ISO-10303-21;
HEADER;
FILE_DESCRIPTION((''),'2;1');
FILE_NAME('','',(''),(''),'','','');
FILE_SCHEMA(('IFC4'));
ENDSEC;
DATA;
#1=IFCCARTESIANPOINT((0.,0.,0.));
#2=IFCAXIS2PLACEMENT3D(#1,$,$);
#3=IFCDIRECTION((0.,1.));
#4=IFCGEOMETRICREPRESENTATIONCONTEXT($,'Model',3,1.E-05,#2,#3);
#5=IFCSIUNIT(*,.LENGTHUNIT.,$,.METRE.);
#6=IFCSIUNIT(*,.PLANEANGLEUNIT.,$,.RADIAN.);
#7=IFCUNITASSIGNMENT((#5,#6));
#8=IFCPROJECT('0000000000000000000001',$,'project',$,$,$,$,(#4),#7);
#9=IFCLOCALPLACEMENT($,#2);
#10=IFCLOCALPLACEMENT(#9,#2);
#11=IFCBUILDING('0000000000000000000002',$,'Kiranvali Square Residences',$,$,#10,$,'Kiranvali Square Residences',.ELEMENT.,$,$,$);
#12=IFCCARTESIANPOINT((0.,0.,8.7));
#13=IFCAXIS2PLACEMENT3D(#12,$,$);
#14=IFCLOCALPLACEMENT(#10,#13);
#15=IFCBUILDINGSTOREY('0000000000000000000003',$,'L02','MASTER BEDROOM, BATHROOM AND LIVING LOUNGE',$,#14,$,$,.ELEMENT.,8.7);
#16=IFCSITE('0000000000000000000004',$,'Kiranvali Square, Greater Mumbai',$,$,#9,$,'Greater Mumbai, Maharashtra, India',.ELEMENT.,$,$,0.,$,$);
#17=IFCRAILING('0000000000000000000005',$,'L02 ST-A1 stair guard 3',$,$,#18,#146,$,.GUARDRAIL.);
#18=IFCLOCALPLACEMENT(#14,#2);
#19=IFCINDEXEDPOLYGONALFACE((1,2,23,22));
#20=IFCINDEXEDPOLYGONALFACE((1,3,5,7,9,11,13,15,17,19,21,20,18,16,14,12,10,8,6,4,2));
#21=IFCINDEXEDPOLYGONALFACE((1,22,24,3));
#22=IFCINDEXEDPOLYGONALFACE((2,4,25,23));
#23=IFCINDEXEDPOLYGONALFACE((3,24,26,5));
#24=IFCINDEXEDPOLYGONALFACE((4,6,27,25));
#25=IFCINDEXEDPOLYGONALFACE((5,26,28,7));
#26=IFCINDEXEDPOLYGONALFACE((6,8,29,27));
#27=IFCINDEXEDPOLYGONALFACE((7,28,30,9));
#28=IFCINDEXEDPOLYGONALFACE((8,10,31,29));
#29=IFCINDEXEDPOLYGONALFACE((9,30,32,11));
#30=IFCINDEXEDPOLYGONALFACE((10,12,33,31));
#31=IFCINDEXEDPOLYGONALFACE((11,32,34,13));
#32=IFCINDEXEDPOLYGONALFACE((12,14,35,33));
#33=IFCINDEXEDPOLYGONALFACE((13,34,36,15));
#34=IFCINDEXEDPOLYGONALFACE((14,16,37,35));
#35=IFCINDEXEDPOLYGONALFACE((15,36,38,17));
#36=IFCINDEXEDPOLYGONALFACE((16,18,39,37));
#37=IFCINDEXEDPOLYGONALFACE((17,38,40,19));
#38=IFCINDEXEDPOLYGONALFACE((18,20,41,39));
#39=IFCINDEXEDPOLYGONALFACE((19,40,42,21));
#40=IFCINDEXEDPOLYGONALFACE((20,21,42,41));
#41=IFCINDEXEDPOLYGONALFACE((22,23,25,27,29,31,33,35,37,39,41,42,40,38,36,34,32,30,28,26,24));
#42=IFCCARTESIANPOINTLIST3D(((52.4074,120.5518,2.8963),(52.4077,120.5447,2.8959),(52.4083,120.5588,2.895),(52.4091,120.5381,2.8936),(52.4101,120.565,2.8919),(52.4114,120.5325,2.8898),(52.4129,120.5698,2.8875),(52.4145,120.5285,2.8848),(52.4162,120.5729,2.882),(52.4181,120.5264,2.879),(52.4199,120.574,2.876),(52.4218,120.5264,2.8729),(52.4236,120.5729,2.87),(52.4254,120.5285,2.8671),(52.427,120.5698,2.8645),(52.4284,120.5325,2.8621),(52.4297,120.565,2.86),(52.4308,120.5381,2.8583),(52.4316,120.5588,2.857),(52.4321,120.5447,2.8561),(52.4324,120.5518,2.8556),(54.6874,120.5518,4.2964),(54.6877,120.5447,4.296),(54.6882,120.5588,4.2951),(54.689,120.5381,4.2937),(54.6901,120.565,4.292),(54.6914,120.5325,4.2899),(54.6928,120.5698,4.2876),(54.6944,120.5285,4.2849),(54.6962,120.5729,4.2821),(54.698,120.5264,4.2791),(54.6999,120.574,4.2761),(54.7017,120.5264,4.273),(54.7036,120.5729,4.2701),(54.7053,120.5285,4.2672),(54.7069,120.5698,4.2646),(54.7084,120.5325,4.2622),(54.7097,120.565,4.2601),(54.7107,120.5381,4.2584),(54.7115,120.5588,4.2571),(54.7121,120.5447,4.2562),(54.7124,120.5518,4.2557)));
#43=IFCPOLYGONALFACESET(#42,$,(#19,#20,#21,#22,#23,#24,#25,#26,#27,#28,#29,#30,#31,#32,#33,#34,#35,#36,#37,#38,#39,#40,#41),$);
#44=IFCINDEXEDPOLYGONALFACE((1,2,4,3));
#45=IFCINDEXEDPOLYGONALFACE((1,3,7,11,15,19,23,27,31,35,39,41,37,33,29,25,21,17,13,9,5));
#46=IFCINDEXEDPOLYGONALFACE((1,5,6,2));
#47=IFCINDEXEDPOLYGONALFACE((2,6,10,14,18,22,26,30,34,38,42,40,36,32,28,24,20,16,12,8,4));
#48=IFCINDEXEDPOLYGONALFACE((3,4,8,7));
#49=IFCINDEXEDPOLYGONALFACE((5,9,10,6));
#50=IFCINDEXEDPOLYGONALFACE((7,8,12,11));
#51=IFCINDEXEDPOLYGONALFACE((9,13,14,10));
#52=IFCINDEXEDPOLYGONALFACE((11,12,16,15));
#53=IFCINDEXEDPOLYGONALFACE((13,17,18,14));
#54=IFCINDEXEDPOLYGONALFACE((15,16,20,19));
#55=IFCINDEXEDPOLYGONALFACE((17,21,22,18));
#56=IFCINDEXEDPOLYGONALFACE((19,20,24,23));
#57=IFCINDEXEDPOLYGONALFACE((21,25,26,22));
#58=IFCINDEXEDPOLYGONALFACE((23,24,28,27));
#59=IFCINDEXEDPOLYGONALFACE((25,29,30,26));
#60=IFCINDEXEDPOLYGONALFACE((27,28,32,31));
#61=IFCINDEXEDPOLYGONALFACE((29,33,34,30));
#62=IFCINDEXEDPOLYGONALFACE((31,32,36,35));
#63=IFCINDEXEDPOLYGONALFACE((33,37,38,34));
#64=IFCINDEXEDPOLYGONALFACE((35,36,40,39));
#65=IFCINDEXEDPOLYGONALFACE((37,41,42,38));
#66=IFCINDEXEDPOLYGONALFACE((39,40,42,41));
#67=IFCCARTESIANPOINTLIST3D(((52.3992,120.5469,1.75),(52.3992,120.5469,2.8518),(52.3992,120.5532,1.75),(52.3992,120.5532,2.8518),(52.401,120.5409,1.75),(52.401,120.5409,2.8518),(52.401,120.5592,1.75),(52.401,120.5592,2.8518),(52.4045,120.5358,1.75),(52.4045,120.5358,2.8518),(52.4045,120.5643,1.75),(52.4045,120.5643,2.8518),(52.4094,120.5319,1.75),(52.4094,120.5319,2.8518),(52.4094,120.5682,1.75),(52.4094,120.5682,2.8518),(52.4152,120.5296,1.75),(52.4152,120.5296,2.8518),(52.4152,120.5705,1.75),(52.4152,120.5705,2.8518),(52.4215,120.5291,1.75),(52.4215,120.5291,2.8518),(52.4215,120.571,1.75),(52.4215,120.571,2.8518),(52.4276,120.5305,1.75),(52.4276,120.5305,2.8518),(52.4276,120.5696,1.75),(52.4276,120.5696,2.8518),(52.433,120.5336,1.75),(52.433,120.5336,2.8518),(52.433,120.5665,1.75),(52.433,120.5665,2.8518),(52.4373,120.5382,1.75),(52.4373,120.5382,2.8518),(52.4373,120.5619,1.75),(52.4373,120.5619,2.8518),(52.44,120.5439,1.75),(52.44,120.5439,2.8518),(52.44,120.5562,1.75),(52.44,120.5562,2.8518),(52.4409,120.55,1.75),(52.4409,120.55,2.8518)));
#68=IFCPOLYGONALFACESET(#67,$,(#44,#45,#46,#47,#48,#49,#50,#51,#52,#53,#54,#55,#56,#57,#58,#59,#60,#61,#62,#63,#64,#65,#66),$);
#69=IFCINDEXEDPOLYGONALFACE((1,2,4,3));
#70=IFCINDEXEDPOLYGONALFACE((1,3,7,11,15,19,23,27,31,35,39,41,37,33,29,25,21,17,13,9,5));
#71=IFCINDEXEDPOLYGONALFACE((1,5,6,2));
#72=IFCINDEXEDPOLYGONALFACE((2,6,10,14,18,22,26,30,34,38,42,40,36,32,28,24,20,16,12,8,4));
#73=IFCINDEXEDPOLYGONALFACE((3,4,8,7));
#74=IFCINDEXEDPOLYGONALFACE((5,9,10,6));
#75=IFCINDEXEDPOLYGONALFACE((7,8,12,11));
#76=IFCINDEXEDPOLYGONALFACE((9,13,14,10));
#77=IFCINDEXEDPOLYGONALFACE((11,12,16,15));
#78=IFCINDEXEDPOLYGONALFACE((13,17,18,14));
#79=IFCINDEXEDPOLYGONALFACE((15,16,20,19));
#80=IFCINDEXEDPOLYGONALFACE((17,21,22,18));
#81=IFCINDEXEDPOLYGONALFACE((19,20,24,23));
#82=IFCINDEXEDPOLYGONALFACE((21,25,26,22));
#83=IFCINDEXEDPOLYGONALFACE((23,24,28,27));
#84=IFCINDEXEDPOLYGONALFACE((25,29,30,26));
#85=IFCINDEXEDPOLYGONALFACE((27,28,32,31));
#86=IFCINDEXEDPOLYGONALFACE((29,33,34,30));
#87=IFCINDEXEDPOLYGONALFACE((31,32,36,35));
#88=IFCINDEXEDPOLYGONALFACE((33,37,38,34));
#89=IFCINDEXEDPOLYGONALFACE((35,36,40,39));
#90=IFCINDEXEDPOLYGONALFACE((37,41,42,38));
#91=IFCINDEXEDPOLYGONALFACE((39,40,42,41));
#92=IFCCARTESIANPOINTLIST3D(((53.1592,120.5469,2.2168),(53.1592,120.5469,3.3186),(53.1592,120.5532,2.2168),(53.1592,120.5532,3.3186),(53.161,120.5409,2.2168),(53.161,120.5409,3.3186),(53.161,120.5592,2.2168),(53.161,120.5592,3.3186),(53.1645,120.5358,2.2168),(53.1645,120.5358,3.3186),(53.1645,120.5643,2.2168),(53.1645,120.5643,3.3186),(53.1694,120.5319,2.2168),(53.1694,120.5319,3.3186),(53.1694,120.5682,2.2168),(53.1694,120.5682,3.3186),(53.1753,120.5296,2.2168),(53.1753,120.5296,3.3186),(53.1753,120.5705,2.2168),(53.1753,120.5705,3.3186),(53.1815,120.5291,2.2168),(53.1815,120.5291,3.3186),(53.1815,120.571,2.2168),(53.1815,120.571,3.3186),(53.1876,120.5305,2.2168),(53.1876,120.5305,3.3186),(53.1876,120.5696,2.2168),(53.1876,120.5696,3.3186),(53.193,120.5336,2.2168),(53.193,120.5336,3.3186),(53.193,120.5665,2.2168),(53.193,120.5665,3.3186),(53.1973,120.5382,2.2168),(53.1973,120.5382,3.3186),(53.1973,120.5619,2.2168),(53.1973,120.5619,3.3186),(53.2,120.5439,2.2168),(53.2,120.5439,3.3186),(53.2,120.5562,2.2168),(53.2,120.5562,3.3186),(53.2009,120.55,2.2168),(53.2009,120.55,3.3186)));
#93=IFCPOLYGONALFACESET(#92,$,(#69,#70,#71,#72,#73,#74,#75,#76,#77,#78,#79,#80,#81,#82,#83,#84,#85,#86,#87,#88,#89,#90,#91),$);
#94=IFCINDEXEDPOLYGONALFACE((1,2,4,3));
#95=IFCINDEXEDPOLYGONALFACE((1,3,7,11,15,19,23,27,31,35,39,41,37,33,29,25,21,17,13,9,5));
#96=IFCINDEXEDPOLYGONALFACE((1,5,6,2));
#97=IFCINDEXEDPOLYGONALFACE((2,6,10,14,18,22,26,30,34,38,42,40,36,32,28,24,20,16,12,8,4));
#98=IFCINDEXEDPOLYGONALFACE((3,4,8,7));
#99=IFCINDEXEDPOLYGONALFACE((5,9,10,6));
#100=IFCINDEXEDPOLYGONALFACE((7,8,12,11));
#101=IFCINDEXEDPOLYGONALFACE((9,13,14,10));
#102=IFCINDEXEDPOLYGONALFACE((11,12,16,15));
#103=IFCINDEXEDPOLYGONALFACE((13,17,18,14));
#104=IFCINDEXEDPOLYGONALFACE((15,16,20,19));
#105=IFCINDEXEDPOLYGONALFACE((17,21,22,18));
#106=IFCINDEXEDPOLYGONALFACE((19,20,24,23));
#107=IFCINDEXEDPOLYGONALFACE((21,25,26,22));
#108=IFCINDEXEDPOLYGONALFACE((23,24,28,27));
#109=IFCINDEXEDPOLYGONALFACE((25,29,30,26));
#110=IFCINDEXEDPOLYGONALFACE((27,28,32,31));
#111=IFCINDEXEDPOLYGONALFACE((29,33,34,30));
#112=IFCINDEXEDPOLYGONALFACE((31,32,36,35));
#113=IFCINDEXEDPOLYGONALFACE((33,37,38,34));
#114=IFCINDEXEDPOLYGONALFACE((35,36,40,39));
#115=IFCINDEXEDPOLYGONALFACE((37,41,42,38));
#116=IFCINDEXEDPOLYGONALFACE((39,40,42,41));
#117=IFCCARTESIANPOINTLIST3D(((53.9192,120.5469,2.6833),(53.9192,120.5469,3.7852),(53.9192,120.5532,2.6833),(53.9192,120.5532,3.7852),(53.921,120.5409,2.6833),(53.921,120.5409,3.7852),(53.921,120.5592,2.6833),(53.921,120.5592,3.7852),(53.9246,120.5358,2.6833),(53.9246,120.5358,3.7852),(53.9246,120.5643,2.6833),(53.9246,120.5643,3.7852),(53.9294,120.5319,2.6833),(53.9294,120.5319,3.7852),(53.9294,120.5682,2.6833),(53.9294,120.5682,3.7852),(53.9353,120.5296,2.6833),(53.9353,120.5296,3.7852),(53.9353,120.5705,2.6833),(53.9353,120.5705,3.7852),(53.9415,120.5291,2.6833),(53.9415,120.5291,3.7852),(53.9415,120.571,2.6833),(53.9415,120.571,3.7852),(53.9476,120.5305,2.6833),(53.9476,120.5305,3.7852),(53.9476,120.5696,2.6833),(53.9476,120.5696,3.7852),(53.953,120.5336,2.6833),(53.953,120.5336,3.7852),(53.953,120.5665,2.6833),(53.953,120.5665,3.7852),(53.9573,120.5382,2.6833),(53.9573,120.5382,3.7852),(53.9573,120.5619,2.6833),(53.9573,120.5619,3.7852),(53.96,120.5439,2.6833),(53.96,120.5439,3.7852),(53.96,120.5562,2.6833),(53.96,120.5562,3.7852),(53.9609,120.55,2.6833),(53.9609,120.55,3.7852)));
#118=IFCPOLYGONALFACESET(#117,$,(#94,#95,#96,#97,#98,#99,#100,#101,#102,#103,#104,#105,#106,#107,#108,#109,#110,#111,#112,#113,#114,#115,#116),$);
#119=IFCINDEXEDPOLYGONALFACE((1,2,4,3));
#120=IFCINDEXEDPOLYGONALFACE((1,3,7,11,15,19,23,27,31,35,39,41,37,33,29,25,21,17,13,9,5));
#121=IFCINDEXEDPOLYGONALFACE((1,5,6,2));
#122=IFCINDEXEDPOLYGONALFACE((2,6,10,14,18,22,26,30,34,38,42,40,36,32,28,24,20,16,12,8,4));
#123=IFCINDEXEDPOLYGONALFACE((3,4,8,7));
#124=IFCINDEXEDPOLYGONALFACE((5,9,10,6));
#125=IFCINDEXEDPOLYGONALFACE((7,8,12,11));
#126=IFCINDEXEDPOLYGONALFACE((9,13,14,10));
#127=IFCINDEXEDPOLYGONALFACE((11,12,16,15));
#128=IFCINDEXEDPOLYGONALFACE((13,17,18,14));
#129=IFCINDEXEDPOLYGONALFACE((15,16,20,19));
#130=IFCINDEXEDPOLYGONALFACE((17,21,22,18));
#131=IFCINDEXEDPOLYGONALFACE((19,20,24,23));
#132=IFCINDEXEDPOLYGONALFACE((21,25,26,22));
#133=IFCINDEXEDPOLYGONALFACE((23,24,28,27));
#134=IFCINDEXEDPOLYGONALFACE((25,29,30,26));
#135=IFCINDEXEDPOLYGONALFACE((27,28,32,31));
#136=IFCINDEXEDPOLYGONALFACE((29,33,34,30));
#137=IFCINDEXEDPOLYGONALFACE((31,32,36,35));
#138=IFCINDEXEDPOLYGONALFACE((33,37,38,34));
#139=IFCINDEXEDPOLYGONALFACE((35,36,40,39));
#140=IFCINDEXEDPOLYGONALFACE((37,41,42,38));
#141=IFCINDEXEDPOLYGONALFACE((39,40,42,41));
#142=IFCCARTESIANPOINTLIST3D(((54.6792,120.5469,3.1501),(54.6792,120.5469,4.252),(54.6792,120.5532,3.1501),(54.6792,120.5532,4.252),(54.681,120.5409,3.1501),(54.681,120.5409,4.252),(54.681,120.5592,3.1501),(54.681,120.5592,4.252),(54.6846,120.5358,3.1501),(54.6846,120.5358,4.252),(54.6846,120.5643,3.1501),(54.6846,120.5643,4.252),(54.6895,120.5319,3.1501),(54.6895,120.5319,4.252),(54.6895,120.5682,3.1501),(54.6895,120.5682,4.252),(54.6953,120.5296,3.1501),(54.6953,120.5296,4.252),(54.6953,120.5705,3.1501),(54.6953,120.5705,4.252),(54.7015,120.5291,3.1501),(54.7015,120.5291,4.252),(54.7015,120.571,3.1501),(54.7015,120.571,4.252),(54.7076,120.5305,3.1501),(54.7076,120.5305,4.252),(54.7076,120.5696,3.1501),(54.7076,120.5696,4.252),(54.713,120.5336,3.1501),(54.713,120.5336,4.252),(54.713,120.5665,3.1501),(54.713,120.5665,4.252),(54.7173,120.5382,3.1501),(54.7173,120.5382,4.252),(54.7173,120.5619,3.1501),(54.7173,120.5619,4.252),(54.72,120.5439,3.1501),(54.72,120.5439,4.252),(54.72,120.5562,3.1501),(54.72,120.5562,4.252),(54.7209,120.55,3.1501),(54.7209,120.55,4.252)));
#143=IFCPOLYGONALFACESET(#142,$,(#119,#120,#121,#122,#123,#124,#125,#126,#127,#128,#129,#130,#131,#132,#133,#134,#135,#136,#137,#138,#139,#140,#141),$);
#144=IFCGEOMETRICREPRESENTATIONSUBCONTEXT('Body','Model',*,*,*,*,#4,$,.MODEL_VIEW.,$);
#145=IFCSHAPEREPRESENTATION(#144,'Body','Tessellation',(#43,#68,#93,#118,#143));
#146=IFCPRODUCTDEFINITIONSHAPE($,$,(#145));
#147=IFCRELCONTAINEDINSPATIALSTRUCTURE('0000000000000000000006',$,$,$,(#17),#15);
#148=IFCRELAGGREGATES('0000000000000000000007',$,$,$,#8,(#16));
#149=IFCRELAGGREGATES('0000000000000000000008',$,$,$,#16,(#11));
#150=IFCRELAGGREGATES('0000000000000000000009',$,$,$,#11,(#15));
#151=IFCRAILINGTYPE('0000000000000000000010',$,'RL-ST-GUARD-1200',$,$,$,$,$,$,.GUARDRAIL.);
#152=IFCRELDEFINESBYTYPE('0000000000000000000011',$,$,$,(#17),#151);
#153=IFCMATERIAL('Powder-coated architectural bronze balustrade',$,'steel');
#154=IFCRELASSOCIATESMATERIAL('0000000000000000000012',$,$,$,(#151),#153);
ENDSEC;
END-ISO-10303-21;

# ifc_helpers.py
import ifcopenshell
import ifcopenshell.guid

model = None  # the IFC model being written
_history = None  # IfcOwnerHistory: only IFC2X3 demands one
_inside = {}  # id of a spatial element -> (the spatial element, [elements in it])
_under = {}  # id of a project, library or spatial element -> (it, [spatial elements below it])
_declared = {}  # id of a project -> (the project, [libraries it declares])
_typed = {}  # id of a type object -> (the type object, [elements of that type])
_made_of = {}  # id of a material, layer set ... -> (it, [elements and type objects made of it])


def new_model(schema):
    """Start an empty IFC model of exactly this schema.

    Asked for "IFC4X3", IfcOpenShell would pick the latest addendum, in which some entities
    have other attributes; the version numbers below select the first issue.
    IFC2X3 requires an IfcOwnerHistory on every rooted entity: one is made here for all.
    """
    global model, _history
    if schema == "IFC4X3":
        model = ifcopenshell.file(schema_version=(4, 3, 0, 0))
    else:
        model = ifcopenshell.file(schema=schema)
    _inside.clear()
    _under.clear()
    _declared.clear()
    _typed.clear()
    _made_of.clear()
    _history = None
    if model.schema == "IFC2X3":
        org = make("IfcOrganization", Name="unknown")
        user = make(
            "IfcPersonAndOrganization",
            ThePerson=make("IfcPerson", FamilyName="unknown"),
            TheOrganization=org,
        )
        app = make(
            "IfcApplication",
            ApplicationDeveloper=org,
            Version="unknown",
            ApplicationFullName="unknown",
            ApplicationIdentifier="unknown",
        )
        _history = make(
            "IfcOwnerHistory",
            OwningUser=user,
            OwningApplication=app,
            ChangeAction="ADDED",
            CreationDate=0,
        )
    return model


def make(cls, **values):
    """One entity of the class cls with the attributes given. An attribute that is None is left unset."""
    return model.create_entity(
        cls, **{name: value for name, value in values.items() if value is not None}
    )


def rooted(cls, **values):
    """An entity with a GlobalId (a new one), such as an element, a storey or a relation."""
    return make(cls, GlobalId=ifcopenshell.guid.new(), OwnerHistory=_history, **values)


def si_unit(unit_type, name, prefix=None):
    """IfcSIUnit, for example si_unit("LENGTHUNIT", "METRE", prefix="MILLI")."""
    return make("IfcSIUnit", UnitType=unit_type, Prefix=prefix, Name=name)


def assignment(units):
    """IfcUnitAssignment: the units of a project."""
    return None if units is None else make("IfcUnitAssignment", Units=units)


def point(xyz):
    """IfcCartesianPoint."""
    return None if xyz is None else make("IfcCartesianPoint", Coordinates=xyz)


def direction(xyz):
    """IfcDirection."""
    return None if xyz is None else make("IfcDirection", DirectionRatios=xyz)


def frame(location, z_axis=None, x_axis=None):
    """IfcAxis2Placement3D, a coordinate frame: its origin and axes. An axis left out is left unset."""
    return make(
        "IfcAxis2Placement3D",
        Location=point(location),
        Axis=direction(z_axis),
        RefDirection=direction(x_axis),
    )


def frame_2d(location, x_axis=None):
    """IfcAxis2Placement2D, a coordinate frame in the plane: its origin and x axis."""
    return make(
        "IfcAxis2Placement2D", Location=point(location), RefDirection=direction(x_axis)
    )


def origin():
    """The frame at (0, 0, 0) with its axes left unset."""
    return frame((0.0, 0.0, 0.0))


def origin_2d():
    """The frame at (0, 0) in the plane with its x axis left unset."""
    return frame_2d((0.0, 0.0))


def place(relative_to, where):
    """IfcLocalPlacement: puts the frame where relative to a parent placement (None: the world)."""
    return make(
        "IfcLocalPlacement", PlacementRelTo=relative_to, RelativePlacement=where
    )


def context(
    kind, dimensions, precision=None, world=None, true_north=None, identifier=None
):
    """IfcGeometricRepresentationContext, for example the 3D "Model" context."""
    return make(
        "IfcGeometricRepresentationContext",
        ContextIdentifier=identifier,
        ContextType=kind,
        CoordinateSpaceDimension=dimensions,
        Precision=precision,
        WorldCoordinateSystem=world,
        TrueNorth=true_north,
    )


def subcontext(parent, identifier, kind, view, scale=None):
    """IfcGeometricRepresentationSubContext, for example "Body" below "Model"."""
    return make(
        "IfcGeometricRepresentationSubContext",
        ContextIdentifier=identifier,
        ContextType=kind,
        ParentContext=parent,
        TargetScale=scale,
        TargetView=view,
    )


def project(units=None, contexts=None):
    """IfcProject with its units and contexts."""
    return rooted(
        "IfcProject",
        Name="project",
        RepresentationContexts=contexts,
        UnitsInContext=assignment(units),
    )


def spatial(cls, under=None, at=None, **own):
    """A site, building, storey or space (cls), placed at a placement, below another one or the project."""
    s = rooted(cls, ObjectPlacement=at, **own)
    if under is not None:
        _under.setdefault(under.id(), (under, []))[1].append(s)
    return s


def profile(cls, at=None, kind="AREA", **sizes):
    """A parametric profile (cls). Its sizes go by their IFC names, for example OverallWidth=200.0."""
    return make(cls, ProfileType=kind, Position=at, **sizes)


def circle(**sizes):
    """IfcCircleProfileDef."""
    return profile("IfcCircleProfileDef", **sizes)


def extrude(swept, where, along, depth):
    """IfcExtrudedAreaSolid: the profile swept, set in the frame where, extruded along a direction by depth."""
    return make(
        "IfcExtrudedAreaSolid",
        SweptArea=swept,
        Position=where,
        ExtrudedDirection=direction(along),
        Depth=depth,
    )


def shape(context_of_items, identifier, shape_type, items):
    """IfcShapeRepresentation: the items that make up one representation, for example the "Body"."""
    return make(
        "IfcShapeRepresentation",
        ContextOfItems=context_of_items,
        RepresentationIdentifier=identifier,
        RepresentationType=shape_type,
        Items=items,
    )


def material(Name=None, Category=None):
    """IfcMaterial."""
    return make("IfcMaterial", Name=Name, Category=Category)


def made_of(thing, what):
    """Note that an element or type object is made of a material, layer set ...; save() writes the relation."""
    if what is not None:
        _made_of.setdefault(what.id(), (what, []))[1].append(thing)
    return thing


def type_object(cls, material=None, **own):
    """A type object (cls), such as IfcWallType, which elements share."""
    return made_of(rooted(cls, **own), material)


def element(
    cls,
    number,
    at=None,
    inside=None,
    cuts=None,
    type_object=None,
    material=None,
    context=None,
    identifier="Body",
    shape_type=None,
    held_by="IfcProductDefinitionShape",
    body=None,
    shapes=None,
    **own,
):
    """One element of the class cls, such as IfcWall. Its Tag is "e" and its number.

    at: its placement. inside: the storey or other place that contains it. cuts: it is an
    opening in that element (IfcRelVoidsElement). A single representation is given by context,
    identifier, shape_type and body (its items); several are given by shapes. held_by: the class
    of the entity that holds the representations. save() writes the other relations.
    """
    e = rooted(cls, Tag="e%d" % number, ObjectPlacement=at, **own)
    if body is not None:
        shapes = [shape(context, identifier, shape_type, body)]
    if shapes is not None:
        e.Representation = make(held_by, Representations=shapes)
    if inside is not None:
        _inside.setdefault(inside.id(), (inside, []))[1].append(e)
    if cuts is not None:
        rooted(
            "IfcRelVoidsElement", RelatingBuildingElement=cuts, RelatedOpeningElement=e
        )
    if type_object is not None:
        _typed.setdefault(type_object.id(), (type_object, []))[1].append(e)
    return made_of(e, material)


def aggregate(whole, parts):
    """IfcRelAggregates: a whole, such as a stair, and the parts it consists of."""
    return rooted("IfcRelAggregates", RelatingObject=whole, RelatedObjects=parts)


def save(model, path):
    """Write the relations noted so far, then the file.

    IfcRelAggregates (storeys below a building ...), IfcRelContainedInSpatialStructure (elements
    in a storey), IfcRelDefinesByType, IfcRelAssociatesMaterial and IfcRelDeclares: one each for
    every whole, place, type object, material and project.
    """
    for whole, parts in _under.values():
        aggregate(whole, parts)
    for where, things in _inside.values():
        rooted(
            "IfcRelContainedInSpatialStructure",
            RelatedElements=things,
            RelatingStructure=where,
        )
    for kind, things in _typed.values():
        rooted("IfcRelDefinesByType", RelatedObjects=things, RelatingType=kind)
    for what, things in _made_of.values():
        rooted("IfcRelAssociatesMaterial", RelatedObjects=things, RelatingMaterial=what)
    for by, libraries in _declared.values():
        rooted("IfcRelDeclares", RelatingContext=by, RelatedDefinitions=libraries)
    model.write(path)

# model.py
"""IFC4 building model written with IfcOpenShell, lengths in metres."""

from ifc_helpers import new_model, si_unit, direction, frame, origin, origin_2d, place, context, subcontext, project, spatial, circle, extrude, material, type_object, element, save


model = new_model("IFC4")

# Units and contexts
model_context = context("Model", 3, precision=1e-05, world=origin(), true_north=direction((0.0, 1.0)))
body_context = subcontext(model_context, "Body", "Model", "MODEL_VIEW")
ifc_project = project(units=[si_unit("LENGTHUNIT", "METRE"), si_unit("PLANEANGLEUNIT", "RADIAN")], contexts=[model_context])

# Site, building, storey
site_placement = place(None, origin())
site = spatial("IfcSite", under=ifc_project, at=site_placement, Name="Kiranvali Square, Greater Mumbai", LongName="Greater Mumbai, Maharashtra, India", CompositionType="ELEMENT", RefElevation=0.0)
building_placement = place(site_placement, origin())
building = spatial("IfcBuilding", under=site, at=building_placement, Name="Kiranvali Square Residences", LongName="Kiranvali Square Residences", CompositionType="ELEMENT")
storey_placement = place(building_placement, frame((0.0, 0.0, 8.7)))
storey = spatial("IfcBuildingStorey", under=building, at=storey_placement, Name="L02", Description="MASTER BEDROOM, BATHROOM AND LIVING LOUNGE", CompositionType="ELEMENT", Elevation=8.7)

# Railing
ifc_material_1 = material(Name="Powder-coated architectural bronze balustrade", Category="steel")
railing_type_1 = type_object("IfcRailingType", Name="RL-ST-GUARD-1200", PredefinedType="GUARDRAIL", material=ifc_material_1)
railing_1_placement = place(storey_placement, frame((52.4199, 120.55, 1.75)))
element("IfcRailing", 1, at=railing_1_placement, inside=storey, type_object=railing_type_1, Name="L02 ST-A1 stair guard 3", PredefinedType="GUARDRAIL", context=body_context, shape_type="SweptSolid", body=[
    extrude(circle(Radius=0.0239, at=origin_2d()), frame((0.0, 0.0, 1.126), z_axis=(0.85215, 0.0, 0.523298), x_axis=(0.0, 1.0, 0.0)), (0.0, 0.0, 1.0), 2.6755),
    extrude(circle(Radius=0.021, at=origin_2d()), origin(), (0.0, 0.0, 1.0), 1.1018),
    extrude(circle(Radius=0.021, at=origin_2d()), frame((0.76, 0.0, 0.4668)), (0.0, 0.0, 1.0), 1.1018),
    extrude(circle(Radius=0.021, at=origin_2d()), frame((1.52, 0.0, 0.9333)), (0.0, 0.0, 1.0), 1.1018),
    extrude(circle(Radius=0.021, at=origin_2d()), frame((2.28, 0.0, 1.4001)), (0.0, 0.0, 1.0), 1.1018),
])

save(model, "model.ifc")
